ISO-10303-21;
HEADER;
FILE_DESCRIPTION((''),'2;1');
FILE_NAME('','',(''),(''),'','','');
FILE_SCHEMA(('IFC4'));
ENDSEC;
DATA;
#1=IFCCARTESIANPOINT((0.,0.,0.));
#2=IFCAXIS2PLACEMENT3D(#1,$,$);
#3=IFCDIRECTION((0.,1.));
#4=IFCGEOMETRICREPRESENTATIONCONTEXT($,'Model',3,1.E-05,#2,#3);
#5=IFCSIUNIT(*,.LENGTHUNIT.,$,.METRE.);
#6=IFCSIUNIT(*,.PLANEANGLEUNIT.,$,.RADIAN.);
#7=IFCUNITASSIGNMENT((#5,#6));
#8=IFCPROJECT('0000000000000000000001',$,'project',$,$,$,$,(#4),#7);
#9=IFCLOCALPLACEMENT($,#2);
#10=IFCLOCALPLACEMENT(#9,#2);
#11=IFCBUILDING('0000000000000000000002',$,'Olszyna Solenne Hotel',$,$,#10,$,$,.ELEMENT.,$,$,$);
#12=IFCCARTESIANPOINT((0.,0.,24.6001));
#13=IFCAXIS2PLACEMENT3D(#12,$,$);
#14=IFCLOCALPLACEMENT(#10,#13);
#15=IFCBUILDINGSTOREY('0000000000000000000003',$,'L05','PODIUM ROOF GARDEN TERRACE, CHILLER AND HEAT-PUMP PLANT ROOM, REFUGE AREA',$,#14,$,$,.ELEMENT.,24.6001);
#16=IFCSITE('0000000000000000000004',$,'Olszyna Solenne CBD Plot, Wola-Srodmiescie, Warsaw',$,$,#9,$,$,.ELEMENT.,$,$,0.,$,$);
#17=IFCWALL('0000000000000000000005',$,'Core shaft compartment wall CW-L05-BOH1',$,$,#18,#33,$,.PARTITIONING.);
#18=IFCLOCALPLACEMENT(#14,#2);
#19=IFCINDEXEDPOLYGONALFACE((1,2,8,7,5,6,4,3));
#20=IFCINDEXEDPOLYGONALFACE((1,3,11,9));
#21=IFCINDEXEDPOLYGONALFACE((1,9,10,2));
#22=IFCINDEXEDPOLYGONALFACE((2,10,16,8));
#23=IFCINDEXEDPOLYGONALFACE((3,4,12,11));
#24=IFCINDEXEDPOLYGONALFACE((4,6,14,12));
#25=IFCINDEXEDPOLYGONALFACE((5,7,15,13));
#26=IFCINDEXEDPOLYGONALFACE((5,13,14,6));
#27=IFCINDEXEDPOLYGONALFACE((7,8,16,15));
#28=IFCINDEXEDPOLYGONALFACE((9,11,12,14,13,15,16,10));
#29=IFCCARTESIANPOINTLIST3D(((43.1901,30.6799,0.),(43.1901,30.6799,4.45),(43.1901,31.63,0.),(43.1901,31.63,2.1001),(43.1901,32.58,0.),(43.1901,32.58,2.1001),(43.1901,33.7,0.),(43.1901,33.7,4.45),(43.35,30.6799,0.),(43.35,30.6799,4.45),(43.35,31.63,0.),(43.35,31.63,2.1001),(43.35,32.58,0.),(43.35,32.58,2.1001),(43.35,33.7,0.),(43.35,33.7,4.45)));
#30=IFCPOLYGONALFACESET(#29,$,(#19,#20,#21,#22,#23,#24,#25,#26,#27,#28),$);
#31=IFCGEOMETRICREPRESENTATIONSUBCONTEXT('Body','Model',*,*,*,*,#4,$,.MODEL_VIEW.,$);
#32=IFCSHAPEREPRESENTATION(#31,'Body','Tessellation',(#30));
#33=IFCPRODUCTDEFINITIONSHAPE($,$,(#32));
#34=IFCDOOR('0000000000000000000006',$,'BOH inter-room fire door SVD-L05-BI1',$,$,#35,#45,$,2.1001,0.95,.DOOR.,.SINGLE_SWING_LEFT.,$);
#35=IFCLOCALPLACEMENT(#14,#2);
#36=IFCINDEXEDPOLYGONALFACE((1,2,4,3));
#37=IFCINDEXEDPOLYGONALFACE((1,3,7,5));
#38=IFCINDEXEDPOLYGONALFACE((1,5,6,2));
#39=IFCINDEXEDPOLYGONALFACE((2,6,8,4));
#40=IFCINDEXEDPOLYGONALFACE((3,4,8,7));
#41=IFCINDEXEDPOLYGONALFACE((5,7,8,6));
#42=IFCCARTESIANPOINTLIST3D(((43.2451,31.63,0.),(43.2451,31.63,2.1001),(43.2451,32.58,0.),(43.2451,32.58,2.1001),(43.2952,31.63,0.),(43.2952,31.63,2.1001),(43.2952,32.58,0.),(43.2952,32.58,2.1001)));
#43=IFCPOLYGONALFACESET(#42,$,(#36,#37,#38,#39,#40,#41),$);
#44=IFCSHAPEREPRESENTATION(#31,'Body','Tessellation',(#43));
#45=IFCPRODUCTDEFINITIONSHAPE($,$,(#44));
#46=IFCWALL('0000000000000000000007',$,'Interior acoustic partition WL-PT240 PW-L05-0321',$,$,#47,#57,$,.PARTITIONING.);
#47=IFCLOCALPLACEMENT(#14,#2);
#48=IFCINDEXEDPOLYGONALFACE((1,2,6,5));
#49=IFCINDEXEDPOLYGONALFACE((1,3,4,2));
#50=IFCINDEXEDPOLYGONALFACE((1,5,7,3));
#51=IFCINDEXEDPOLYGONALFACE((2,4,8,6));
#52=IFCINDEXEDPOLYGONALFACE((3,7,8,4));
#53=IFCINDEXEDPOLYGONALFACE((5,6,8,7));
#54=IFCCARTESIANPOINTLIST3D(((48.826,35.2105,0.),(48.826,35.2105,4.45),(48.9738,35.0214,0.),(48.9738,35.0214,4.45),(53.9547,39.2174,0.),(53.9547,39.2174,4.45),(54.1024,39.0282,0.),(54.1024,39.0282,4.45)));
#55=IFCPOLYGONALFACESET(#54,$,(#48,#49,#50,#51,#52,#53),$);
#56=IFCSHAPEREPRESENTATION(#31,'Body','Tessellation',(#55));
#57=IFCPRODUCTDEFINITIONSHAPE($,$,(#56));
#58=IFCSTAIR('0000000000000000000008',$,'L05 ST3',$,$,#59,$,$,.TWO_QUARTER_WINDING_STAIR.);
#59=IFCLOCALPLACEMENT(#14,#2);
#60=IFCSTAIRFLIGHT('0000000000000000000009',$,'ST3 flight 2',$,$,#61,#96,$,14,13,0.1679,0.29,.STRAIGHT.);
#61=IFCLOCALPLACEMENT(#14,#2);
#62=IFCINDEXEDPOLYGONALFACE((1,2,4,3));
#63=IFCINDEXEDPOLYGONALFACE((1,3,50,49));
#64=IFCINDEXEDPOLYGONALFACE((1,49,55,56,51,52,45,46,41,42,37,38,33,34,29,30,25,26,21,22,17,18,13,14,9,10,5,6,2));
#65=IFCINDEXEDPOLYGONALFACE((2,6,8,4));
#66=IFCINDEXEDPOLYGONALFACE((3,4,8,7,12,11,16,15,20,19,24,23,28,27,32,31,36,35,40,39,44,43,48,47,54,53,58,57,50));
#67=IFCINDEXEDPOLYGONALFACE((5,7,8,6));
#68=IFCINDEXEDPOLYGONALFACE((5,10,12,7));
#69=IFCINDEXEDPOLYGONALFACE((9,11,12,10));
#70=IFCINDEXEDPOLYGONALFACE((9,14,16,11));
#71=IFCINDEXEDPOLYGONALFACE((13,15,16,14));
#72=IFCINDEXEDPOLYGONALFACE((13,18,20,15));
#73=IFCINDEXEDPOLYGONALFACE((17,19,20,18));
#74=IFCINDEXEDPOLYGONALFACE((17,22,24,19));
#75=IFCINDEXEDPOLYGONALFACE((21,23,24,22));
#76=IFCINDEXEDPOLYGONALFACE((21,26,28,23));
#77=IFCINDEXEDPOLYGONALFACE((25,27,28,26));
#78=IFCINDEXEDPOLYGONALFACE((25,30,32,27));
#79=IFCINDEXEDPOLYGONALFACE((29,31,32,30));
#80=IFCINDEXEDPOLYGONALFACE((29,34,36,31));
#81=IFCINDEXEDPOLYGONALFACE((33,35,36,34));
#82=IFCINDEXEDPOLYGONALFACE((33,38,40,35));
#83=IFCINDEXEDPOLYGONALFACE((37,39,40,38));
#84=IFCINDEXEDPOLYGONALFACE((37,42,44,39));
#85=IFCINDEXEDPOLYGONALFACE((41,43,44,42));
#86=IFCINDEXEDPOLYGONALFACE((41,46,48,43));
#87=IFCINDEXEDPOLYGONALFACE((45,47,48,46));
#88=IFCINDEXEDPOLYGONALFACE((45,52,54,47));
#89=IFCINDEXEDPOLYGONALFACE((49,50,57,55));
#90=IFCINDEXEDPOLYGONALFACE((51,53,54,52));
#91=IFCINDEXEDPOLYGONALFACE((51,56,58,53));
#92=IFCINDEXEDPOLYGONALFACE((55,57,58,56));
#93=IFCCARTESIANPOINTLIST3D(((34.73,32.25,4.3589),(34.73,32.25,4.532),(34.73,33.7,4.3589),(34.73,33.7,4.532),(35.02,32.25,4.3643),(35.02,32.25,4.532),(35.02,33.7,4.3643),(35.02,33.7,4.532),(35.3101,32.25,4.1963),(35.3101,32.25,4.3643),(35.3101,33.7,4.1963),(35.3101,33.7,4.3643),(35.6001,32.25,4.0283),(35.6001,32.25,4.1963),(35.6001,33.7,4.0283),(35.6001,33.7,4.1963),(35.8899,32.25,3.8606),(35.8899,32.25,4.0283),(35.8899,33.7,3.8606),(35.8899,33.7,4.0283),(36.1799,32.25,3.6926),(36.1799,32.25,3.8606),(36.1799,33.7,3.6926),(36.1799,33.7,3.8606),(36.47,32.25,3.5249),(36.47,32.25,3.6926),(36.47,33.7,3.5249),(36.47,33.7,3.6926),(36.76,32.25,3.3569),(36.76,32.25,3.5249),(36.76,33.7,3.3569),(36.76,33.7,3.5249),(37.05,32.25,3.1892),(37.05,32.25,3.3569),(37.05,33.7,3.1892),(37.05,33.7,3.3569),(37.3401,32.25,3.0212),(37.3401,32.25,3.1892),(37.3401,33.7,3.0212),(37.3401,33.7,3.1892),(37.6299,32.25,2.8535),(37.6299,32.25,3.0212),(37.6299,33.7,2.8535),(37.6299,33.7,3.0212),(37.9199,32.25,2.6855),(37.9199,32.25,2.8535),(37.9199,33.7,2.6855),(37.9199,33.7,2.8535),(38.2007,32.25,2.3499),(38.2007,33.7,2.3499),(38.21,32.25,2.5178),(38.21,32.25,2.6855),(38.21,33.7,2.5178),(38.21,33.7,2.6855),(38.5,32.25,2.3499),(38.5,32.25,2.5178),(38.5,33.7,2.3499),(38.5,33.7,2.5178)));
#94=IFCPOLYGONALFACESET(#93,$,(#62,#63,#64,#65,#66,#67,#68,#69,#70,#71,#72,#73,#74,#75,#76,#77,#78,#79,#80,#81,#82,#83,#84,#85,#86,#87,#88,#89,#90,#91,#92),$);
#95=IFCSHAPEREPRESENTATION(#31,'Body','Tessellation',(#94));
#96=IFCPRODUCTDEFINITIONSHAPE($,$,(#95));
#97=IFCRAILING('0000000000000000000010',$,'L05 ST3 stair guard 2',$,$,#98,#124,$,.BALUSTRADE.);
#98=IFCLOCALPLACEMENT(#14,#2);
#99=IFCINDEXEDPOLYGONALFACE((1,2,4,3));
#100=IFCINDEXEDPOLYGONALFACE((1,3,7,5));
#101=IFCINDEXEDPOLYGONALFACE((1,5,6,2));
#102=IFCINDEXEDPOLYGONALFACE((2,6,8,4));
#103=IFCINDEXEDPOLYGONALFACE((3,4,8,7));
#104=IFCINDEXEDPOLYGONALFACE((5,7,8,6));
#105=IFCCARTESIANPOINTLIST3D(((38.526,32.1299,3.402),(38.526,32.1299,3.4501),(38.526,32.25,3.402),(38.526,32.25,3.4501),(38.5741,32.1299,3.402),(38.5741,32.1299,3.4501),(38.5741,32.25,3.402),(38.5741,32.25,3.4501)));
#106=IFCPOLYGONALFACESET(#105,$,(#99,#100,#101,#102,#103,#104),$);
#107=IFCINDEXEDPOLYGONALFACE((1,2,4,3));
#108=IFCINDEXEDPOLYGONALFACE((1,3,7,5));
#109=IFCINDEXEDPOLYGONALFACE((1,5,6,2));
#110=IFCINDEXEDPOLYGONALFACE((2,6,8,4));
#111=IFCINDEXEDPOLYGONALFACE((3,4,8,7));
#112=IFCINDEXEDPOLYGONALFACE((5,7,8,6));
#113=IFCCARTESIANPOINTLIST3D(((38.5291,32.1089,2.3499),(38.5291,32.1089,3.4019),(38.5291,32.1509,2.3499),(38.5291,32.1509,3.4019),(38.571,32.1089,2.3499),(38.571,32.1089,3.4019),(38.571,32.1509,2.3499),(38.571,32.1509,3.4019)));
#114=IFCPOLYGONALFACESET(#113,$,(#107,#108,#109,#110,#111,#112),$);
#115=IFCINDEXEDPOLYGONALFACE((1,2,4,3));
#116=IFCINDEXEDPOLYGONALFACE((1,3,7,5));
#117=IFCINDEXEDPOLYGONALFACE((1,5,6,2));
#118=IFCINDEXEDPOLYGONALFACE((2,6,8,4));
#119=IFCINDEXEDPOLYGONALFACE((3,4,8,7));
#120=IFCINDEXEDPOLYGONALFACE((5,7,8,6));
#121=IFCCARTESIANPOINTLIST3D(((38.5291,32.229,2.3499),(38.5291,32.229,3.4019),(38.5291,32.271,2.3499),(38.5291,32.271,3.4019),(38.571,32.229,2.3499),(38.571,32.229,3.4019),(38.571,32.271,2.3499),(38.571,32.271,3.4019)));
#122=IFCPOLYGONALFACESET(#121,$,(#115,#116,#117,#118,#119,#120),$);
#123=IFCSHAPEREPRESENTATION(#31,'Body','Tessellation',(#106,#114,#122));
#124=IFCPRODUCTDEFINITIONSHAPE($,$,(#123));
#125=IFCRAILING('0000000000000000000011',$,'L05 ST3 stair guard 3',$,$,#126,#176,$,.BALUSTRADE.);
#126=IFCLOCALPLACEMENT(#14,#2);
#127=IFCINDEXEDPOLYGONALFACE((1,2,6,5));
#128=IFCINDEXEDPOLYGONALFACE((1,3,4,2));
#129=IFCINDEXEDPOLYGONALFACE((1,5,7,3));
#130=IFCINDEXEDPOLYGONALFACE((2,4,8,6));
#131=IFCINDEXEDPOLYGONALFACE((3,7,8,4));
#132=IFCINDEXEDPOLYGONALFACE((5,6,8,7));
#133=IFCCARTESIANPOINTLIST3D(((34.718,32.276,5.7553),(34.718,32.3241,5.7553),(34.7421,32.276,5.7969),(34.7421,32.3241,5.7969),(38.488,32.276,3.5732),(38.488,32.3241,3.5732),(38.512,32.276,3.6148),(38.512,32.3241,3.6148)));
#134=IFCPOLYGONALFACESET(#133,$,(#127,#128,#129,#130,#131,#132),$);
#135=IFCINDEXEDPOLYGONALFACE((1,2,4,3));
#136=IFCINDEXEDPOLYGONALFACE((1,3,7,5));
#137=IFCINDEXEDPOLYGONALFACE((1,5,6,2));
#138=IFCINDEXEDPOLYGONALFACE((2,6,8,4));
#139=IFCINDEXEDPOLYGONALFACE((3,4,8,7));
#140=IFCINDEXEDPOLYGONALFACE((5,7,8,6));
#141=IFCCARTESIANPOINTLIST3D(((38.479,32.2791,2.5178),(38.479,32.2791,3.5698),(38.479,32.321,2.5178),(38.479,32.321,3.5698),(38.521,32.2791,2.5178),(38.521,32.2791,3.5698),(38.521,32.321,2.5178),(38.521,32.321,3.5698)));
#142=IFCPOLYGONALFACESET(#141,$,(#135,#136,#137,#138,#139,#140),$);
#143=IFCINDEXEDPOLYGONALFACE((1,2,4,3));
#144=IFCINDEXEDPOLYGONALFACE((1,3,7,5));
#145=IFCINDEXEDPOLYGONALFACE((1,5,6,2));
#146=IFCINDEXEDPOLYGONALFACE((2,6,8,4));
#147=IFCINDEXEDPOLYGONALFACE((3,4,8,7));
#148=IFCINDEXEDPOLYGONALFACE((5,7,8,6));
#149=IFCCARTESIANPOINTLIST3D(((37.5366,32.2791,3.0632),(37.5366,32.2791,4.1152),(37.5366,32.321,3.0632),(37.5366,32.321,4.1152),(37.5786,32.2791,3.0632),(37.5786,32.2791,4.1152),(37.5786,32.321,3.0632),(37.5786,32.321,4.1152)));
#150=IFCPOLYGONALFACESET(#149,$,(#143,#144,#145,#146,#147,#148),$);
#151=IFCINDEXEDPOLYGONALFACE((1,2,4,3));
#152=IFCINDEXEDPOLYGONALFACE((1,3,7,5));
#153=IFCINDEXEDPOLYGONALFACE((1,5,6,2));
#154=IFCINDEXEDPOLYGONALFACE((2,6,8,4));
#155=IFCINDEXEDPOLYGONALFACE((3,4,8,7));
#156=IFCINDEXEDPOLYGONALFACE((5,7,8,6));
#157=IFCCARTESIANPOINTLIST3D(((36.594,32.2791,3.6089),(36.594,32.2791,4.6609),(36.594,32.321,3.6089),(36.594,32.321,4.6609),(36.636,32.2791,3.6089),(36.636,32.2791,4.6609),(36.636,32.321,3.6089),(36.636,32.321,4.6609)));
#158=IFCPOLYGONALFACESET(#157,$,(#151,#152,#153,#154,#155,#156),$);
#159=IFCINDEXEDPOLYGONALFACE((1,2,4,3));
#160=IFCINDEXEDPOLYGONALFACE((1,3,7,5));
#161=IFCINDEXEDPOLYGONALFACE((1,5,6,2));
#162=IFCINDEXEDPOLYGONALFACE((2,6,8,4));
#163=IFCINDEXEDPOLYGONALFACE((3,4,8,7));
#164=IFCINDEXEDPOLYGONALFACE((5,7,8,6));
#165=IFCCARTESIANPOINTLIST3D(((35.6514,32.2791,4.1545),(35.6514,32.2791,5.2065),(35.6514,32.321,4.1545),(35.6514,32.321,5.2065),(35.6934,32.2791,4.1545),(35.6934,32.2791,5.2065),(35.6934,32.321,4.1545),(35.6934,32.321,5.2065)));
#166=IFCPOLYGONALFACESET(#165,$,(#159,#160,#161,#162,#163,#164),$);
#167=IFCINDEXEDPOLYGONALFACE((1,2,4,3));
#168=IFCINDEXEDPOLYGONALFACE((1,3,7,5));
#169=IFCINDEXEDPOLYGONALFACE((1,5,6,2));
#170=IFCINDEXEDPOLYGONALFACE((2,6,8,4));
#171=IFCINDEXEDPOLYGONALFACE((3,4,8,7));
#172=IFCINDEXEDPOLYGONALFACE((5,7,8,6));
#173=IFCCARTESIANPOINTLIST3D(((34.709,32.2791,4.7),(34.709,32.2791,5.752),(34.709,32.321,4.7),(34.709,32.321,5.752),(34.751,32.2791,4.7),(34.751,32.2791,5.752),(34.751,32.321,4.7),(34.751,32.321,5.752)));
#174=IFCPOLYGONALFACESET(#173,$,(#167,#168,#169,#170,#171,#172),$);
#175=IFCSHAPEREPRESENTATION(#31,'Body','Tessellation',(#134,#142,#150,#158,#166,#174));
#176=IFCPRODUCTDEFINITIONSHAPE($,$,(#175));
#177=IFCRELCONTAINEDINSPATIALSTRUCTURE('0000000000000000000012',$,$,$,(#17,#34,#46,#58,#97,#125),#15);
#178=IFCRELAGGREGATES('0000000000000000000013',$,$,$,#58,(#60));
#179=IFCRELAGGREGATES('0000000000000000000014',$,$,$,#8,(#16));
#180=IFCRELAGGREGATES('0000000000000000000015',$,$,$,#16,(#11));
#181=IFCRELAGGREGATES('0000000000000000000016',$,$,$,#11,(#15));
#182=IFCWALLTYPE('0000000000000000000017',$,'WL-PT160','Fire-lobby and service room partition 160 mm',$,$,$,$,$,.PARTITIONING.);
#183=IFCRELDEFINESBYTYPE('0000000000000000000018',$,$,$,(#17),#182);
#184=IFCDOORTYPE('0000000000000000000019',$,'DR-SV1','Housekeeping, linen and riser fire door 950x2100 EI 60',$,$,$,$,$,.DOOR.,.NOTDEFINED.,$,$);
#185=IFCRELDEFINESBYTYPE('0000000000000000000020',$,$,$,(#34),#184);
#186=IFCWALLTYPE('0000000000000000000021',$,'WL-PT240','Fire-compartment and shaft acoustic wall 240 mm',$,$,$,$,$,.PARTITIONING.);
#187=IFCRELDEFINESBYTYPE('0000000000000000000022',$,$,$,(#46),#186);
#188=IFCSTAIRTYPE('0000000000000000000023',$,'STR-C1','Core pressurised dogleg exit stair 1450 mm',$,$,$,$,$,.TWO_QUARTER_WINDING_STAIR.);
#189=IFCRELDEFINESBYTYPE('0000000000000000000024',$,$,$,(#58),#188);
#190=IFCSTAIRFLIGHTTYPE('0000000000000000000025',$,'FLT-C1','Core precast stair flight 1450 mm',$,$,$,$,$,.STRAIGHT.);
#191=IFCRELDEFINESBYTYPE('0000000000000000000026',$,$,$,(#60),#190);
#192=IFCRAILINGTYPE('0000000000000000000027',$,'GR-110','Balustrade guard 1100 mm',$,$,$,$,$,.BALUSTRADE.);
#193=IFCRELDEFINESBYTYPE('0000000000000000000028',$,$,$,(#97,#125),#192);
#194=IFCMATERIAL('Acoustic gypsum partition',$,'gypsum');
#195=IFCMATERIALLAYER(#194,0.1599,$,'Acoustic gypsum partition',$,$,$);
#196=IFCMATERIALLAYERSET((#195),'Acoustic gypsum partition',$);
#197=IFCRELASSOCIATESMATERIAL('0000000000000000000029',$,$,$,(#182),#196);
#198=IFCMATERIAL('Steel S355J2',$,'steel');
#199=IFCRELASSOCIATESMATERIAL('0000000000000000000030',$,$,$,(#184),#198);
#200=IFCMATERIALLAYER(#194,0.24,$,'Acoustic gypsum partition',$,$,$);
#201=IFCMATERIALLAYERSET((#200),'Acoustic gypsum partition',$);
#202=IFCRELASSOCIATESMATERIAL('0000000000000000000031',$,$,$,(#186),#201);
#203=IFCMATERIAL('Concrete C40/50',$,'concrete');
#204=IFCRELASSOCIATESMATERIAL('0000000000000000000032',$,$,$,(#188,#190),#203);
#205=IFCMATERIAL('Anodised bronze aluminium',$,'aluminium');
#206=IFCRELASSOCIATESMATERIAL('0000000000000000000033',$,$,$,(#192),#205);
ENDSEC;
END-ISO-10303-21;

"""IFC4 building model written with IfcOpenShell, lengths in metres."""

from ifc_helpers import new_model, si_unit, direction, frame, frame_2d, origin, origin_2d, place, context, subcontext, project, spatial, polyline, rectangle, outline, extrude, source, transform, mapped, material, layer, layer_set, type_object, type_shapes, element, fill, aggregate, save


model = new_model("IFC4")

# Units and contexts
model_context = context("Model", 3, precision=1e-05, world=origin(), true_north=direction((0.0, 1.0)))
body_context = subcontext(model_context, "Body", "Model", "MODEL_VIEW")
ifc_project = project(units=[si_unit("LENGTHUNIT", "METRE"), si_unit("PLANEANGLEUNIT", "RADIAN")], contexts=[model_context])

# Site, building, storey
site_placement = place(None, origin())
site = spatial("IfcSite", under=ifc_project, at=site_placement, Name="Olszyna Solenne CBD Plot, Wola-Srodmiescie, Warsaw", CompositionType="ELEMENT", RefElevation=0.0)
building_placement = place(site_placement, origin())
building = spatial("IfcBuilding", under=site, at=building_placement, Name="Olszyna Solenne Hotel", CompositionType="ELEMENT")
storey_placement = place(building_placement, frame((0.0, 0.0, 24.6001)))
storey = spatial("IfcBuildingStorey", under=building, at=storey_placement, Name="L05", Description="PODIUM ROOF GARDEN TERRACE, CHILLER AND HEAT-PUMP PLANT ROOM, REFUGE AREA", CompositionType="ELEMENT", Elevation=24.6001)

# Shared definitions
ifc_material_1 = material(Name="Steel S355J2", Category="steel")

# Shared definitions
ifc_material_2 = material(Name="Acoustic gypsum partition", Category="gypsum")

# Shared definitions
ifc_layer_1 = layer(ifc_material_2, 0.1599, Name="Acoustic gypsum partition")
ifc_layer_set_1 = layer_set([ifc_layer_1], Name="Acoustic gypsum partition")
wall_type_1 = type_object("IfcWallType", Name="WL-PT160", Description="Fire-lobby and service room partition 160 mm", PredefinedType="PARTITIONING", material=ifc_layer_set_1)

# Wall, opening, door
wall_1_placement = place(storey_placement, frame((43.27, 30.6799, 0.0), z_axis=(0.0, 0.0, 1.0), x_axis=(0.0, 1.0, 0.0)))
wall_1 = element("IfcWall", 1, at=wall_1_placement, inside=storey, type_object=wall_type_1, Name="Core shaft compartment wall CW-L05-BOH1", PredefinedType="PARTITIONING", context=body_context, shape_type="SweptSolid", body=[
    extrude(rectangle(XDim=3.02, YDim=0.1599, at=frame_2d((1.51, 0.0))), origin(), (0.0, 0.0, 1.0), 4.45),
])
opening_1_placement = place(wall_1_placement, frame((0.95, 0.0, 0.0)))
opening_1 = element("IfcOpeningElement", 2, at=opening_1_placement, cuts=wall_1, PredefinedType="OPENING", context=body_context, shape_type="SweptSolid", body=[
    extrude(rectangle(XDim=0.95, YDim=2.1001, at=frame_2d((0.4751, 1.05))), frame((0.0, 0.0898, 0.0), z_axis=(0.0, -1.0, 0.0), x_axis=(1.0, 0.0, 0.0)), (0.0, 0.0, 1.0), 0.1799),
])
door_type_1 = type_object("IfcDoorType", Name="DR-SV1", Description="Housekeeping, linen and riser fire door 950x2100 EI 60", OperationType="NOTDEFINED", PredefinedType="DOOR", material=ifc_material_1)
shared_shape_1 = source(origin(), body_context, "Body", "SweptSolid", [
    extrude(rectangle(XDim=0.95, YDim=2.1001, at=frame_2d((0.4751, 1.05))), frame((0.0, 0.0249, 0.0), z_axis=(0.0, -1.0, 0.0), x_axis=(1.0, 0.0, 0.0)), (0.0, 0.0, 1.0), 0.05),
])
type_shapes(door_type_1, [shared_shape_1])
door_1_placement = place(opening_1_placement, origin())
door_1 = element("IfcDoor", 3, at=door_1_placement, inside=storey, type_object=door_type_1, Name="BOH inter-room fire door SVD-L05-BI1", OperationType="SINGLE_SWING_LEFT", OverallHeight=2.1001, OverallWidth=0.95, PredefinedType="DOOR", context=body_context, shape_type="MappedRepresentation", body=[
    mapped(shared_shape_1, transform((0.0, 0.0, 0.0), x_axis=(1.0, 0.0, 0.0), y_axis=(0.0, 1.0, 0.0), z_axis=(0.0, 0.0, 1.0), scale=1.0)),
])
fill(opening_1, door_1)

# Wall
ifc_layer_2 = layer(ifc_material_2, 0.24, Name="Acoustic gypsum partition")
ifc_layer_set_2 = layer_set([ifc_layer_2], Name="Acoustic gypsum partition")
wall_type_2 = type_object("IfcWallType", Name="WL-PT240", Description="Fire-compartment and shaft acoustic wall 240 mm", PredefinedType="PARTITIONING", material=ifc_layer_set_2)
wall_2_placement = place(storey_placement, frame((48.8999, 35.116, 0.0), z_axis=(0.0, 0.0, 1.0), x_axis=(0.788019, 0.615651, 0.0)))
element("IfcWall", 4, at=wall_2_placement, inside=storey, type_object=wall_type_2, Name="Interior acoustic partition WL-PT240 PW-L05-0321", PredefinedType="PARTITIONING", context=body_context, shape_type="SweptSolid", body=[
    extrude(rectangle(XDim=6.5083, YDim=0.24, at=frame_2d((3.2542, 0.0))), origin(), (0.0, 0.0, 1.0), 4.45),
])

# Stair, stair flight
ifc_material_3 = material(Name="Concrete C40/50", Category="concrete")
stair_type = type_object("IfcStairType", Name="STR-C1", Description="Core pressurised dogleg exit stair 1450 mm", PredefinedType="TWO_QUARTER_WINDING_STAIR", material=ifc_material_3)
stair_placement = place(storey_placement, origin())
stair = element("IfcStair", 5, at=stair_placement, inside=storey, type_object=stair_type, Name="L05 ST3", PredefinedType="TWO_QUARTER_WINDING_STAIR")
stair_flight_type = type_object("IfcStairFlightType", Name="FLT-C1", Description="Core precast stair flight 1450 mm", PredefinedType="STRAIGHT", material=ifc_material_3)
stair_flight_placement = place(storey_placement, frame((38.5, 32.9751, 2.3499), z_axis=(0.0, 0.0, 1.0), x_axis=(-1.0, 0.0, 0.0)))
stair_flight = element("IfcStairFlight", 6, at=stair_flight_placement, type_object=stair_flight_type, Name="ST3 flight 2", NumberOfRisers=14, NumberOfTreads=13, PredefinedType="STRAIGHT", RiserHeight=0.1679, TreadLength=0.29, context=body_context, shape_type="SweptSolid", body=[
    extrude(outline(polyline([(0.0, 0.0), (0.0, 0.168), (0.29, 0.168), (0.29, 0.3357), (0.5801, 0.3357), (0.5801, 0.5037), (0.8701, 0.5037), (0.8701, 0.6714), (1.1599, 0.6714), (1.1599, 0.8394), (1.45, 0.8394), (1.45, 1.0071), (1.74, 1.0071), (1.74, 1.175), (2.03, 1.175), (2.03, 1.3428), (2.3201, 1.3428), (2.3201, 1.5107), (2.6101, 1.5107), (2.6101, 1.6785), (2.8999, 1.6785), (2.8999, 1.8464), (3.1899, 1.8464), (3.1899, 2.0144), (3.48, 2.0144), (3.48, 2.1821), (3.77, 2.1821), (3.77, 2.3501), (3.77, 2.009), (0.2993, 0.0), (0.0, 0.0)])), frame((0.0, 0.7251, 0.0), z_axis=(0.0, -1.0, 0.0), x_axis=(1.0, 0.0, 0.0)), (0.0, 0.0, 1.0), 1.45),
])
aggregate(stair, [stair_flight])

# Railings
ifc_material_4 = material(Name="Anodised bronze aluminium", Category="aluminium")
railing_type_1 = type_object("IfcRailingType", Name="GR-110", Description="Balustrade guard 1100 mm", PredefinedType="BALUSTRADE", material=ifc_material_4)
railing_1_placement = place(storey_placement, frame((38.55, 32.1299, 2.3499)))
element("IfcRailing", 7, at=railing_1_placement, inside=storey, type_object=railing_type_1, Name="L05 ST3 stair guard 2", PredefinedType="BALUSTRADE", context=body_context, shape_type="SweptSolid", body=[
    extrude(rectangle(XDim=0.0481, YDim=0.0481, at=origin_2d()), frame((0.0, 0.0, 1.0762), z_axis=(0.0, 1.0, 0.0), x_axis=(-1.0, 0.0, 0.0)), (0.0, 0.0, 1.0), 0.1201),
    extrude(rectangle(XDim=0.042, YDim=0.042, at=origin_2d()), origin(), (0.0, 0.0, 1.0), 1.052),
    extrude(rectangle(XDim=0.042, YDim=0.042, at=origin_2d()), frame((0.0, 0.1201, 0.0)), (0.0, 0.0, 1.0), 1.052),
])
railing_2_placement = place(storey_placement, frame((38.5, 32.3, 2.5178)))
element("IfcRailing", 8, at=railing_2_placement, inside=storey, type_object=railing_type_1, Name="L05 ST3 stair guard 3", PredefinedType="BALUSTRADE", context=body_context, shape_type="SweptSolid", body=[
    extrude(rectangle(XDim=0.0481, YDim=0.0481, at=origin_2d()), frame((0.0, 0.0, 1.0762), z_axis=(-0.865477, 0.0, 0.500948), x_axis=(0.0, -1.0, 0.0)), (0.0, 0.0, 1.0), 4.356),
    extrude(rectangle(XDim=0.042, YDim=0.042, at=origin_2d()), origin(), (0.0, 0.0, 1.0), 1.052),
    extrude(rectangle(XDim=0.042, YDim=0.042, at=origin_2d()), frame((-0.9424, 0.0, 0.5454)), (0.0, 0.0, 1.0), 1.052),
    extrude(rectangle(XDim=0.042, YDim=0.042, at=origin_2d()), frame((-1.885, 0.0, 1.0911)), (0.0, 0.0, 1.0), 1.052),
    extrude(rectangle(XDim=0.042, YDim=0.042, at=origin_2d()), frame((-2.8276, 0.0, 1.6367)), (0.0, 0.0, 1.0), 1.052),
    extrude(rectangle(XDim=0.042, YDim=0.042, at=origin_2d()), frame((-3.77, 0.0, 2.1821)), (0.0, 0.0, 1.0), 1.052),
])

save(model, "model.ifc")
